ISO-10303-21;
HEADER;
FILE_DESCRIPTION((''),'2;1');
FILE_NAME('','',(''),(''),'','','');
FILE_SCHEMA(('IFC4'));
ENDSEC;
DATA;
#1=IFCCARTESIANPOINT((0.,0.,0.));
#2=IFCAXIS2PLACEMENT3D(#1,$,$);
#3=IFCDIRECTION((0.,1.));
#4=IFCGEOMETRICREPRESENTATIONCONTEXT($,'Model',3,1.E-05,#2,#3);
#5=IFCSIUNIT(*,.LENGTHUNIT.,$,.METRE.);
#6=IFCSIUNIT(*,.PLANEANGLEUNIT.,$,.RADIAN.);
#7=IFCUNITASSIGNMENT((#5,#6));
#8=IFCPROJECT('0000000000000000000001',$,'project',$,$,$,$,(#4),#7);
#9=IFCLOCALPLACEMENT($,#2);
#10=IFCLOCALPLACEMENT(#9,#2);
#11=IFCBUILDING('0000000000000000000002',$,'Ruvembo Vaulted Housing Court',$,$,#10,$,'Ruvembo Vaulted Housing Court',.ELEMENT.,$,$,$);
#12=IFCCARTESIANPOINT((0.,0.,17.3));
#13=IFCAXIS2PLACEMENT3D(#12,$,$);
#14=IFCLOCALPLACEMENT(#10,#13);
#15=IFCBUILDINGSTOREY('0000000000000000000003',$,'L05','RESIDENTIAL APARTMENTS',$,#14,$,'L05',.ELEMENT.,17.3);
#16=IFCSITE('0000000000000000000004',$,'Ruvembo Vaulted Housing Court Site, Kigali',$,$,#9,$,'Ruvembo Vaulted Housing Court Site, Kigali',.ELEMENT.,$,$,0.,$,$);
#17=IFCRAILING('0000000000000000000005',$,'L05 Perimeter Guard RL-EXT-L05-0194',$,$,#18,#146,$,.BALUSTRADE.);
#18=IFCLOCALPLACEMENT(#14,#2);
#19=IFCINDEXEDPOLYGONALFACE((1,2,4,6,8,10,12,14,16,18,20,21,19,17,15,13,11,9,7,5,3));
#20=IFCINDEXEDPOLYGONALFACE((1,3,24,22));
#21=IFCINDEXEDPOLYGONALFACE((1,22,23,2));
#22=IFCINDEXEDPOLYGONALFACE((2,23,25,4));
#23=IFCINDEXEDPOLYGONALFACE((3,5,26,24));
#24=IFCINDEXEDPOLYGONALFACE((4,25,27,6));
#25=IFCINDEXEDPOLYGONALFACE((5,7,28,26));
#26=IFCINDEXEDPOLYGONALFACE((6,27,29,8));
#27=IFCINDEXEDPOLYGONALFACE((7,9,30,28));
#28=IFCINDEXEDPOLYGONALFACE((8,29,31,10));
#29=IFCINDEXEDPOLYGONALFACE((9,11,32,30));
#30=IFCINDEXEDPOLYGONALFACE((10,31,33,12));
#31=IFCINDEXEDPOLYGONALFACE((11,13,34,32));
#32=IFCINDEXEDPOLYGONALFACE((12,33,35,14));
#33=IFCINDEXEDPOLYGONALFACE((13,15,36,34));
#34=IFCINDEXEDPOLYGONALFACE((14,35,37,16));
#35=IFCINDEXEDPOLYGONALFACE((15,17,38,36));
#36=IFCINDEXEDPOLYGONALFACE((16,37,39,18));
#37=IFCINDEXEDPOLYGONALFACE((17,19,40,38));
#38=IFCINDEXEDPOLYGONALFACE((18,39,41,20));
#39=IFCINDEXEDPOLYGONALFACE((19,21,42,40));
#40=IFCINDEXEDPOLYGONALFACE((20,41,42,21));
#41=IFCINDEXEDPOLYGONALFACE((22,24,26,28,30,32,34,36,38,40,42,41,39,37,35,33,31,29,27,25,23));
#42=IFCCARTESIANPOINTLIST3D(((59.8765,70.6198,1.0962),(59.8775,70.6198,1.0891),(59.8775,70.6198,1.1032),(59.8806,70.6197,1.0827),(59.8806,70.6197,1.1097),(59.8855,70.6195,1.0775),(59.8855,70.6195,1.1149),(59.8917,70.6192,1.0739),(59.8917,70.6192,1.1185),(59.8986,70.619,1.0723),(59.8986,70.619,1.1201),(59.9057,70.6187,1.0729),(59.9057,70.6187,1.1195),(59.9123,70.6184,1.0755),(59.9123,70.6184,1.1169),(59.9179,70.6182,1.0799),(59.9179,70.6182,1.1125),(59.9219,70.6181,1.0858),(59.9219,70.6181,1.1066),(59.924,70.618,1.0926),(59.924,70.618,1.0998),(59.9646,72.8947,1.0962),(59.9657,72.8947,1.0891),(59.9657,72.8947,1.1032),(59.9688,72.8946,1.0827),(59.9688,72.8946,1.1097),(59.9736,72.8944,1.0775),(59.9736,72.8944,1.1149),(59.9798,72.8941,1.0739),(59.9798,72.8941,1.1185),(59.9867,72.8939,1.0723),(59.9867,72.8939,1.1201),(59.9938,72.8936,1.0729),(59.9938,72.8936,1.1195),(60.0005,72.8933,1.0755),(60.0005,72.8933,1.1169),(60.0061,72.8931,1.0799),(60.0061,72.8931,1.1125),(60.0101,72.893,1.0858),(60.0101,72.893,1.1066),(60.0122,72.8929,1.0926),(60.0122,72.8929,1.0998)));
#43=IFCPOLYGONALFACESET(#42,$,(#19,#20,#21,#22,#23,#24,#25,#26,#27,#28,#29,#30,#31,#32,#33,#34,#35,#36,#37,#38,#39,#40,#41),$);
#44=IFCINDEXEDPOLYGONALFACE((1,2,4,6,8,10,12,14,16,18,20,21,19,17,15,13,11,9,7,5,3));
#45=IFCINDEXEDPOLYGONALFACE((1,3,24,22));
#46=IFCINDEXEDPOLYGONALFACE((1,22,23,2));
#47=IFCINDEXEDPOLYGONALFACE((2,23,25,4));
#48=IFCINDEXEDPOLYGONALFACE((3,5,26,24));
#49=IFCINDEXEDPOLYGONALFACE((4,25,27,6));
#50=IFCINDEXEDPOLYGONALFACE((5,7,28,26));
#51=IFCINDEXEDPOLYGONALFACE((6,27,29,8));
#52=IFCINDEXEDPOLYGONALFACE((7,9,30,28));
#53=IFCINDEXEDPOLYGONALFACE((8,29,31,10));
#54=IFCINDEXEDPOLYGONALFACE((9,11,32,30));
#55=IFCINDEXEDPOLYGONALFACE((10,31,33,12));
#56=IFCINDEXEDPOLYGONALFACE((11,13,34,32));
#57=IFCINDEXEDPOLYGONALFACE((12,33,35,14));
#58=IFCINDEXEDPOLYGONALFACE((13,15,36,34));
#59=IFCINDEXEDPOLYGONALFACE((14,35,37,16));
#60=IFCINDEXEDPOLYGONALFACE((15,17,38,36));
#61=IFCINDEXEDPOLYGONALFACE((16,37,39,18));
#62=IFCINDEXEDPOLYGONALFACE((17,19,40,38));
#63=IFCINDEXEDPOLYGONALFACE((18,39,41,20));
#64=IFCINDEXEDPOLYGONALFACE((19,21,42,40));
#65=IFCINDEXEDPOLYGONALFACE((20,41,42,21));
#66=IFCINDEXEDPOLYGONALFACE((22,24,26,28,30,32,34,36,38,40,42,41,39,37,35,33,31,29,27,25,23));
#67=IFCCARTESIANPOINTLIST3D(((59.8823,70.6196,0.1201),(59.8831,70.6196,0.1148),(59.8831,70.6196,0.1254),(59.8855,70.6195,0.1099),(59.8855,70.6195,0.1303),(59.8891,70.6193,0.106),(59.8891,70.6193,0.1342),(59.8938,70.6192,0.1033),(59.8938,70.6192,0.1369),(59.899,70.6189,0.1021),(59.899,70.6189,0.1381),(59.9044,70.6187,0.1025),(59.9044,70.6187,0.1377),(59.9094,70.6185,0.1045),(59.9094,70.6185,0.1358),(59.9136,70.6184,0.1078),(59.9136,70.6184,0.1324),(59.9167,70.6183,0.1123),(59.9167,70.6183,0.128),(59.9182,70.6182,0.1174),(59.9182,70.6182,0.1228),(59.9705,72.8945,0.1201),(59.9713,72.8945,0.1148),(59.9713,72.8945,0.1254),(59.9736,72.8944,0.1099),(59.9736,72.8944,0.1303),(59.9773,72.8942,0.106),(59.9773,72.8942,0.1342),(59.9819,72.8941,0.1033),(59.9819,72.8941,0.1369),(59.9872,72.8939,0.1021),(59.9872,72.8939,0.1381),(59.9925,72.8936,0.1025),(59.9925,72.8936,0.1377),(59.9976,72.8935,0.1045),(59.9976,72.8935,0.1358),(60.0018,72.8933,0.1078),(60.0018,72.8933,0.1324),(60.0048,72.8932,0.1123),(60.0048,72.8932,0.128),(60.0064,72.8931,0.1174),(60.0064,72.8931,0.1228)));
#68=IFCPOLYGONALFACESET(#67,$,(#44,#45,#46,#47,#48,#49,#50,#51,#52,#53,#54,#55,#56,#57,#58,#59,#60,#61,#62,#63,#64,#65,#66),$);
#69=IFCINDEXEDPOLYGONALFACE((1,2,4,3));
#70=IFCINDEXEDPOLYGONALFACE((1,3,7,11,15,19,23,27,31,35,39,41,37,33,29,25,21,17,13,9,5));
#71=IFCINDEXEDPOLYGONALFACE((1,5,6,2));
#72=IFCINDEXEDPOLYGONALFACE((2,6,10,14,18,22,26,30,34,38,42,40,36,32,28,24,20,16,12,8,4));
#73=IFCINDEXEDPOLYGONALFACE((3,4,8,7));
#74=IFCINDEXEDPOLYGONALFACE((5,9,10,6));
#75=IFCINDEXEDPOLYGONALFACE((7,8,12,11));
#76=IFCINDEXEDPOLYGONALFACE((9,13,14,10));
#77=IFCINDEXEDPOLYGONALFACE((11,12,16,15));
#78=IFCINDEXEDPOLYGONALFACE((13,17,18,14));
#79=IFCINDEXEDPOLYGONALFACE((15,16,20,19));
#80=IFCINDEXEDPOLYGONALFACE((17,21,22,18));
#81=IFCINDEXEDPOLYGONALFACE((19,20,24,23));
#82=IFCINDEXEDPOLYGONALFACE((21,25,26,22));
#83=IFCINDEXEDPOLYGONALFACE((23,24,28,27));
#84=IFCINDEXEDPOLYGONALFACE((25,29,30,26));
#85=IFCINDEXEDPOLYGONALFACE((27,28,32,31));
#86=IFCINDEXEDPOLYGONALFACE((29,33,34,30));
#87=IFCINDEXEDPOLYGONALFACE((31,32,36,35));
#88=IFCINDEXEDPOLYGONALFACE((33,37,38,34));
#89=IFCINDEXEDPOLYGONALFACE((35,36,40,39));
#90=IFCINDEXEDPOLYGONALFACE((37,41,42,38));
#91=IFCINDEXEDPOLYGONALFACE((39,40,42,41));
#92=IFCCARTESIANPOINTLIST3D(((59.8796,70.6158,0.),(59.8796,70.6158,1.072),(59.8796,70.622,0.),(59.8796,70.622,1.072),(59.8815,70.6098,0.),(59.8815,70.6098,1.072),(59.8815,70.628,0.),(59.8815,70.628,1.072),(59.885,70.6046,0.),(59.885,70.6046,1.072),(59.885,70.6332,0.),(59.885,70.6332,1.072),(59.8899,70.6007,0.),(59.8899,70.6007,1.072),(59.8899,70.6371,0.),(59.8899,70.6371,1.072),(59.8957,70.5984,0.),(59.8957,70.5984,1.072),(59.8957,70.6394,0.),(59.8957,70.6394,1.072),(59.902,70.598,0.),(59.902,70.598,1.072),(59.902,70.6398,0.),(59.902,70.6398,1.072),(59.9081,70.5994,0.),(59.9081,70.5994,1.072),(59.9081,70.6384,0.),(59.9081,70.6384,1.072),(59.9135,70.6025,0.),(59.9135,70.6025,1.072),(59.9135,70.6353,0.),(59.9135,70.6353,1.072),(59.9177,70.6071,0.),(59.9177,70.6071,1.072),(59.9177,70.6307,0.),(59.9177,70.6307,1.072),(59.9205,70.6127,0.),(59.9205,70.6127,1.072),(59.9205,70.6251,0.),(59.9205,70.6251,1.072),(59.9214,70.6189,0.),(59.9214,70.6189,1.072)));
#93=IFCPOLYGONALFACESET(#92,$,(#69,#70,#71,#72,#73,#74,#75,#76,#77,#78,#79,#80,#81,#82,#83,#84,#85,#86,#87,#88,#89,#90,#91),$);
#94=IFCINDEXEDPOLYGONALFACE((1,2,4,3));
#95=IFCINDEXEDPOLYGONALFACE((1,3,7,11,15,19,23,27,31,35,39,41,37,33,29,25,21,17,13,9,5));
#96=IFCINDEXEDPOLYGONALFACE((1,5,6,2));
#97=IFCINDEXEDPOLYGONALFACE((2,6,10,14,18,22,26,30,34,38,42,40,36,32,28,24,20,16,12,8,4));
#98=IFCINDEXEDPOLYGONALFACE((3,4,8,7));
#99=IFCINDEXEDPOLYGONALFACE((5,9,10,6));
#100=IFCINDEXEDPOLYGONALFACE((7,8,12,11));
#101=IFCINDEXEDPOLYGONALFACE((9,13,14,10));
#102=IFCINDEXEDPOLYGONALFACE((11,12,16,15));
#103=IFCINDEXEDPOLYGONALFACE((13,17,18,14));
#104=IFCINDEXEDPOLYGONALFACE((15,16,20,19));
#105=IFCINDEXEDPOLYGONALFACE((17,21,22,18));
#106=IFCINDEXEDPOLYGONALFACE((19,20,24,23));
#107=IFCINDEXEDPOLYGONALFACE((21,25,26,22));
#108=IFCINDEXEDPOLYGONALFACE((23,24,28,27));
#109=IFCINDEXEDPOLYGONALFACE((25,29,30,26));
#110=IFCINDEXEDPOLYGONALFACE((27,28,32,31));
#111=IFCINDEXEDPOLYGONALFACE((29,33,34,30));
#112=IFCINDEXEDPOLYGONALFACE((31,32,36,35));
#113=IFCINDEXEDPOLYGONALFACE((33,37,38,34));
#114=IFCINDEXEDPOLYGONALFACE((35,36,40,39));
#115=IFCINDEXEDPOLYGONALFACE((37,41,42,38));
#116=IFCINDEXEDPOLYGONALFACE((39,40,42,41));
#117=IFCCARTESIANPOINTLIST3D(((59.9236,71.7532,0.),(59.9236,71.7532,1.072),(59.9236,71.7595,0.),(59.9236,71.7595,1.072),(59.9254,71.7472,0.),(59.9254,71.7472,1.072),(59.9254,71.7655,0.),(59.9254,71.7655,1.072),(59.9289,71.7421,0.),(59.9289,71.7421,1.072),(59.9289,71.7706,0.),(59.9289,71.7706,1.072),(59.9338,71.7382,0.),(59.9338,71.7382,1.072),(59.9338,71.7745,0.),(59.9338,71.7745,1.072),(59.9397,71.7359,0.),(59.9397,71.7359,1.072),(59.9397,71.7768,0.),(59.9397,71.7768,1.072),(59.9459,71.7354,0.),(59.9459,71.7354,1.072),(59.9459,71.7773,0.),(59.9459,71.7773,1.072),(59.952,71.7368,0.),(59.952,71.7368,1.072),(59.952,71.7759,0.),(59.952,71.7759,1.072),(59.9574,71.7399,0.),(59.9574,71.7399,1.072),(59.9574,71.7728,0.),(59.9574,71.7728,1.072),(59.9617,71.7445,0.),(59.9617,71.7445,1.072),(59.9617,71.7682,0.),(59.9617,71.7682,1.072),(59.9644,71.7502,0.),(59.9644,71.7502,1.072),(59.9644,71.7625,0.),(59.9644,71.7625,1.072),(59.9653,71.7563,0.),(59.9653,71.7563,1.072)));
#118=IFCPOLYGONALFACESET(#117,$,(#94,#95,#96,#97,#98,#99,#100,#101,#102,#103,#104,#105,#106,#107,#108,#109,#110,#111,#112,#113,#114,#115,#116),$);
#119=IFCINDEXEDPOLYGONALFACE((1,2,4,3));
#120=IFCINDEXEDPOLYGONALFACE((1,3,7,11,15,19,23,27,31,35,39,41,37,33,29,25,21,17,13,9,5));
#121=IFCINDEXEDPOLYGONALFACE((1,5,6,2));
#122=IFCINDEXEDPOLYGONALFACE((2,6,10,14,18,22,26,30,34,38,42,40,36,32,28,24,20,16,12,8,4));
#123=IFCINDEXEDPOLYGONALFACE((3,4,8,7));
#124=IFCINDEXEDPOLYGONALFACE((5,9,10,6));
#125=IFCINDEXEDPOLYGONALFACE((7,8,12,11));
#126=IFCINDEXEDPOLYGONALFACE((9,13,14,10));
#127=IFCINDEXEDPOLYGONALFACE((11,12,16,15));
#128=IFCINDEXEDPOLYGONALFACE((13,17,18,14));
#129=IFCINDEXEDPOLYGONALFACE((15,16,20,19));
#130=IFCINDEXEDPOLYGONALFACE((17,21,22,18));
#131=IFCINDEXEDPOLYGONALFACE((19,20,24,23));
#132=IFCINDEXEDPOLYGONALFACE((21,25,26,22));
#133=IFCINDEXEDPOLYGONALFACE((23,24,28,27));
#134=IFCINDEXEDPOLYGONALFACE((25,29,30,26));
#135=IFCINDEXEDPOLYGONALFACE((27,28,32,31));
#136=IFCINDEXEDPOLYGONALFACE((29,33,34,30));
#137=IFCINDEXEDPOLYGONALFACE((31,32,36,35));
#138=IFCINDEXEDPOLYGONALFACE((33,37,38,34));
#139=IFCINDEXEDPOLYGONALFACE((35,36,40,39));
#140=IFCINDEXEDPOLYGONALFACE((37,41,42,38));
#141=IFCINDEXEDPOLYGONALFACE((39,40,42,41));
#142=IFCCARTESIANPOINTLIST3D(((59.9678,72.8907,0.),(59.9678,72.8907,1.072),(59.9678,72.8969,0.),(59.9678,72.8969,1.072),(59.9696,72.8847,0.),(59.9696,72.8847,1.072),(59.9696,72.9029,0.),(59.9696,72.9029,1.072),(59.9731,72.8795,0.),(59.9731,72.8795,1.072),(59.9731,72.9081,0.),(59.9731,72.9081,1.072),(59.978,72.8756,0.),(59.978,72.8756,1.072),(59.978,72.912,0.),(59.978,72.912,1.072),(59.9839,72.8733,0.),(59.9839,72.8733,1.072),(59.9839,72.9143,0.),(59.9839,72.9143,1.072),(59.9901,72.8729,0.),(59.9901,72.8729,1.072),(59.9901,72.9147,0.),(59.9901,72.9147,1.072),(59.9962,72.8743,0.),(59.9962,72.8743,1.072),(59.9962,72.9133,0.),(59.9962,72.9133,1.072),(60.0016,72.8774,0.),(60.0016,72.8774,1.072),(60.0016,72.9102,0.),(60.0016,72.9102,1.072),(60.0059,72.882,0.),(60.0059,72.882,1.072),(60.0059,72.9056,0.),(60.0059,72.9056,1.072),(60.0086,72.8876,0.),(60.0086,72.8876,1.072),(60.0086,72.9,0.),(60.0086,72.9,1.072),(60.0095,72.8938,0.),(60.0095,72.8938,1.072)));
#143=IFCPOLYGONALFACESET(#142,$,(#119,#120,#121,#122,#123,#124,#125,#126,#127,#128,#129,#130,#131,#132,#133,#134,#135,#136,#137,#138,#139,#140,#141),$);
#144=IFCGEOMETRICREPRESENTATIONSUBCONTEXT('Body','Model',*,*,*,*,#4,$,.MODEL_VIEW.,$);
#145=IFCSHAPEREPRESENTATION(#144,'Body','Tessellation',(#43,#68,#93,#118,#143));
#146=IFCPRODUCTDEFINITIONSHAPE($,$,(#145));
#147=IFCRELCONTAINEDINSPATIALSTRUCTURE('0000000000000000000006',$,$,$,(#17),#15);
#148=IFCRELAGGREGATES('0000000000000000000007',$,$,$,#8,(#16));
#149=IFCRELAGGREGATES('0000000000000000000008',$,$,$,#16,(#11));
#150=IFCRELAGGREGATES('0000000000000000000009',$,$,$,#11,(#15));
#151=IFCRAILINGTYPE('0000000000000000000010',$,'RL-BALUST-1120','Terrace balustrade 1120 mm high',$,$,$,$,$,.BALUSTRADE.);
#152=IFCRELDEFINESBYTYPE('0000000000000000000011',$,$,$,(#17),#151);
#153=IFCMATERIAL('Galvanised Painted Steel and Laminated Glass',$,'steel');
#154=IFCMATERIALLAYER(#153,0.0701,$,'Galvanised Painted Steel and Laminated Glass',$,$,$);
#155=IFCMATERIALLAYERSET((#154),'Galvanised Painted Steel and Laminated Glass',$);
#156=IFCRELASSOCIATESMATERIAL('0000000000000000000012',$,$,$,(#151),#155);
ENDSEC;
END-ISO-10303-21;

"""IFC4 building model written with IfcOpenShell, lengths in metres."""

from ifc_helpers import new_model, si_unit, direction, frame, origin, origin_2d, place, context, subcontext, project, spatial, circle, extrude, material, layer, layer_set, type_object, element, save


model = new_model("IFC4")

# Units and contexts
model_context = context("Model", 3, precision=1e-05, world=origin(), true_north=direction((0.0, 1.0)))
body_context = subcontext(model_context, "Body", "Model", "MODEL_VIEW")
ifc_project = project(units=[si_unit("LENGTHUNIT", "METRE"), si_unit("PLANEANGLEUNIT", "RADIAN")], contexts=[model_context])

# Site, building, storey
site_placement = place(None, origin())
site = spatial("IfcSite", under=ifc_project, at=site_placement, Name="Ruvembo Vaulted Housing Court Site, Kigali", LongName="Ruvembo Vaulted Housing Court Site, Kigali", CompositionType="ELEMENT", RefElevation=0.0)
building_placement = place(site_placement, origin())
building = spatial("IfcBuilding", under=site, at=building_placement, Name="Ruvembo Vaulted Housing Court", LongName="Ruvembo Vaulted Housing Court", CompositionType="ELEMENT")
storey_placement = place(building_placement, frame((0.0, 0.0, 17.3)))
storey = spatial("IfcBuildingStorey", under=building, at=storey_placement, Name="L05", Description="RESIDENTIAL APARTMENTS", LongName="L05", CompositionType="ELEMENT", Elevation=17.3)

# Railing
ifc_material_1 = material(Name="Galvanised Painted Steel and Laminated Glass", Category="steel")
ifc_layer_1 = layer(ifc_material_1, 0.0701, Name="Galvanised Painted Steel and Laminated Glass")
ifc_layer_set_1 = layer_set([ifc_layer_1], Name="Galvanised Painted Steel and Laminated Glass")
railing_type_1 = type_object("IfcRailingType", Name="RL-BALUST-1120", Description="Terrace balustrade 1120 mm high", PredefinedType="BALUSTRADE", material=ifc_layer_set_1)
railing_1_placement = place(storey_placement, frame((59.9004, 70.6189, 0.0)))
element("IfcRailing", 1, at=railing_1_placement, inside=storey, type_object=railing_type_1, Name="L05 Perimeter Guard RL-EXT-L05-0194", PredefinedType="BALUSTRADE", context=body_context, shape_type="SweptSolid", body=[
    extrude(circle(Radius=0.0239, at=origin_2d()), frame((0.0, 0.0, 1.0962), z_axis=(0.038713, 0.99925, 0.0), x_axis=(-0.99925, 0.038713, 0.0)), (0.0, 0.0, 1.0), 2.2766),
    extrude(circle(Radius=0.0181, at=origin_2d()), frame((0.0, 0.0, 0.1201), z_axis=(0.038713, 0.99925, 0.0), x_axis=(-0.99925, 0.038713, 0.0)), (0.0, 0.0, 1.0), 2.2766),
    extrude(circle(Radius=0.021, at=origin_2d()), origin(), (0.0, 0.0, 1.0), 1.072),
    extrude(circle(Radius=0.021, at=origin_2d()), frame((0.0439, 1.1375, 0.0)), (0.0, 0.0, 1.0), 1.072),
    extrude(circle(Radius=0.021, at=origin_2d()), frame((0.0881, 2.2749, 0.0)), (0.0, 0.0, 1.0), 1.072),
])

save(model, "model.ifc")
